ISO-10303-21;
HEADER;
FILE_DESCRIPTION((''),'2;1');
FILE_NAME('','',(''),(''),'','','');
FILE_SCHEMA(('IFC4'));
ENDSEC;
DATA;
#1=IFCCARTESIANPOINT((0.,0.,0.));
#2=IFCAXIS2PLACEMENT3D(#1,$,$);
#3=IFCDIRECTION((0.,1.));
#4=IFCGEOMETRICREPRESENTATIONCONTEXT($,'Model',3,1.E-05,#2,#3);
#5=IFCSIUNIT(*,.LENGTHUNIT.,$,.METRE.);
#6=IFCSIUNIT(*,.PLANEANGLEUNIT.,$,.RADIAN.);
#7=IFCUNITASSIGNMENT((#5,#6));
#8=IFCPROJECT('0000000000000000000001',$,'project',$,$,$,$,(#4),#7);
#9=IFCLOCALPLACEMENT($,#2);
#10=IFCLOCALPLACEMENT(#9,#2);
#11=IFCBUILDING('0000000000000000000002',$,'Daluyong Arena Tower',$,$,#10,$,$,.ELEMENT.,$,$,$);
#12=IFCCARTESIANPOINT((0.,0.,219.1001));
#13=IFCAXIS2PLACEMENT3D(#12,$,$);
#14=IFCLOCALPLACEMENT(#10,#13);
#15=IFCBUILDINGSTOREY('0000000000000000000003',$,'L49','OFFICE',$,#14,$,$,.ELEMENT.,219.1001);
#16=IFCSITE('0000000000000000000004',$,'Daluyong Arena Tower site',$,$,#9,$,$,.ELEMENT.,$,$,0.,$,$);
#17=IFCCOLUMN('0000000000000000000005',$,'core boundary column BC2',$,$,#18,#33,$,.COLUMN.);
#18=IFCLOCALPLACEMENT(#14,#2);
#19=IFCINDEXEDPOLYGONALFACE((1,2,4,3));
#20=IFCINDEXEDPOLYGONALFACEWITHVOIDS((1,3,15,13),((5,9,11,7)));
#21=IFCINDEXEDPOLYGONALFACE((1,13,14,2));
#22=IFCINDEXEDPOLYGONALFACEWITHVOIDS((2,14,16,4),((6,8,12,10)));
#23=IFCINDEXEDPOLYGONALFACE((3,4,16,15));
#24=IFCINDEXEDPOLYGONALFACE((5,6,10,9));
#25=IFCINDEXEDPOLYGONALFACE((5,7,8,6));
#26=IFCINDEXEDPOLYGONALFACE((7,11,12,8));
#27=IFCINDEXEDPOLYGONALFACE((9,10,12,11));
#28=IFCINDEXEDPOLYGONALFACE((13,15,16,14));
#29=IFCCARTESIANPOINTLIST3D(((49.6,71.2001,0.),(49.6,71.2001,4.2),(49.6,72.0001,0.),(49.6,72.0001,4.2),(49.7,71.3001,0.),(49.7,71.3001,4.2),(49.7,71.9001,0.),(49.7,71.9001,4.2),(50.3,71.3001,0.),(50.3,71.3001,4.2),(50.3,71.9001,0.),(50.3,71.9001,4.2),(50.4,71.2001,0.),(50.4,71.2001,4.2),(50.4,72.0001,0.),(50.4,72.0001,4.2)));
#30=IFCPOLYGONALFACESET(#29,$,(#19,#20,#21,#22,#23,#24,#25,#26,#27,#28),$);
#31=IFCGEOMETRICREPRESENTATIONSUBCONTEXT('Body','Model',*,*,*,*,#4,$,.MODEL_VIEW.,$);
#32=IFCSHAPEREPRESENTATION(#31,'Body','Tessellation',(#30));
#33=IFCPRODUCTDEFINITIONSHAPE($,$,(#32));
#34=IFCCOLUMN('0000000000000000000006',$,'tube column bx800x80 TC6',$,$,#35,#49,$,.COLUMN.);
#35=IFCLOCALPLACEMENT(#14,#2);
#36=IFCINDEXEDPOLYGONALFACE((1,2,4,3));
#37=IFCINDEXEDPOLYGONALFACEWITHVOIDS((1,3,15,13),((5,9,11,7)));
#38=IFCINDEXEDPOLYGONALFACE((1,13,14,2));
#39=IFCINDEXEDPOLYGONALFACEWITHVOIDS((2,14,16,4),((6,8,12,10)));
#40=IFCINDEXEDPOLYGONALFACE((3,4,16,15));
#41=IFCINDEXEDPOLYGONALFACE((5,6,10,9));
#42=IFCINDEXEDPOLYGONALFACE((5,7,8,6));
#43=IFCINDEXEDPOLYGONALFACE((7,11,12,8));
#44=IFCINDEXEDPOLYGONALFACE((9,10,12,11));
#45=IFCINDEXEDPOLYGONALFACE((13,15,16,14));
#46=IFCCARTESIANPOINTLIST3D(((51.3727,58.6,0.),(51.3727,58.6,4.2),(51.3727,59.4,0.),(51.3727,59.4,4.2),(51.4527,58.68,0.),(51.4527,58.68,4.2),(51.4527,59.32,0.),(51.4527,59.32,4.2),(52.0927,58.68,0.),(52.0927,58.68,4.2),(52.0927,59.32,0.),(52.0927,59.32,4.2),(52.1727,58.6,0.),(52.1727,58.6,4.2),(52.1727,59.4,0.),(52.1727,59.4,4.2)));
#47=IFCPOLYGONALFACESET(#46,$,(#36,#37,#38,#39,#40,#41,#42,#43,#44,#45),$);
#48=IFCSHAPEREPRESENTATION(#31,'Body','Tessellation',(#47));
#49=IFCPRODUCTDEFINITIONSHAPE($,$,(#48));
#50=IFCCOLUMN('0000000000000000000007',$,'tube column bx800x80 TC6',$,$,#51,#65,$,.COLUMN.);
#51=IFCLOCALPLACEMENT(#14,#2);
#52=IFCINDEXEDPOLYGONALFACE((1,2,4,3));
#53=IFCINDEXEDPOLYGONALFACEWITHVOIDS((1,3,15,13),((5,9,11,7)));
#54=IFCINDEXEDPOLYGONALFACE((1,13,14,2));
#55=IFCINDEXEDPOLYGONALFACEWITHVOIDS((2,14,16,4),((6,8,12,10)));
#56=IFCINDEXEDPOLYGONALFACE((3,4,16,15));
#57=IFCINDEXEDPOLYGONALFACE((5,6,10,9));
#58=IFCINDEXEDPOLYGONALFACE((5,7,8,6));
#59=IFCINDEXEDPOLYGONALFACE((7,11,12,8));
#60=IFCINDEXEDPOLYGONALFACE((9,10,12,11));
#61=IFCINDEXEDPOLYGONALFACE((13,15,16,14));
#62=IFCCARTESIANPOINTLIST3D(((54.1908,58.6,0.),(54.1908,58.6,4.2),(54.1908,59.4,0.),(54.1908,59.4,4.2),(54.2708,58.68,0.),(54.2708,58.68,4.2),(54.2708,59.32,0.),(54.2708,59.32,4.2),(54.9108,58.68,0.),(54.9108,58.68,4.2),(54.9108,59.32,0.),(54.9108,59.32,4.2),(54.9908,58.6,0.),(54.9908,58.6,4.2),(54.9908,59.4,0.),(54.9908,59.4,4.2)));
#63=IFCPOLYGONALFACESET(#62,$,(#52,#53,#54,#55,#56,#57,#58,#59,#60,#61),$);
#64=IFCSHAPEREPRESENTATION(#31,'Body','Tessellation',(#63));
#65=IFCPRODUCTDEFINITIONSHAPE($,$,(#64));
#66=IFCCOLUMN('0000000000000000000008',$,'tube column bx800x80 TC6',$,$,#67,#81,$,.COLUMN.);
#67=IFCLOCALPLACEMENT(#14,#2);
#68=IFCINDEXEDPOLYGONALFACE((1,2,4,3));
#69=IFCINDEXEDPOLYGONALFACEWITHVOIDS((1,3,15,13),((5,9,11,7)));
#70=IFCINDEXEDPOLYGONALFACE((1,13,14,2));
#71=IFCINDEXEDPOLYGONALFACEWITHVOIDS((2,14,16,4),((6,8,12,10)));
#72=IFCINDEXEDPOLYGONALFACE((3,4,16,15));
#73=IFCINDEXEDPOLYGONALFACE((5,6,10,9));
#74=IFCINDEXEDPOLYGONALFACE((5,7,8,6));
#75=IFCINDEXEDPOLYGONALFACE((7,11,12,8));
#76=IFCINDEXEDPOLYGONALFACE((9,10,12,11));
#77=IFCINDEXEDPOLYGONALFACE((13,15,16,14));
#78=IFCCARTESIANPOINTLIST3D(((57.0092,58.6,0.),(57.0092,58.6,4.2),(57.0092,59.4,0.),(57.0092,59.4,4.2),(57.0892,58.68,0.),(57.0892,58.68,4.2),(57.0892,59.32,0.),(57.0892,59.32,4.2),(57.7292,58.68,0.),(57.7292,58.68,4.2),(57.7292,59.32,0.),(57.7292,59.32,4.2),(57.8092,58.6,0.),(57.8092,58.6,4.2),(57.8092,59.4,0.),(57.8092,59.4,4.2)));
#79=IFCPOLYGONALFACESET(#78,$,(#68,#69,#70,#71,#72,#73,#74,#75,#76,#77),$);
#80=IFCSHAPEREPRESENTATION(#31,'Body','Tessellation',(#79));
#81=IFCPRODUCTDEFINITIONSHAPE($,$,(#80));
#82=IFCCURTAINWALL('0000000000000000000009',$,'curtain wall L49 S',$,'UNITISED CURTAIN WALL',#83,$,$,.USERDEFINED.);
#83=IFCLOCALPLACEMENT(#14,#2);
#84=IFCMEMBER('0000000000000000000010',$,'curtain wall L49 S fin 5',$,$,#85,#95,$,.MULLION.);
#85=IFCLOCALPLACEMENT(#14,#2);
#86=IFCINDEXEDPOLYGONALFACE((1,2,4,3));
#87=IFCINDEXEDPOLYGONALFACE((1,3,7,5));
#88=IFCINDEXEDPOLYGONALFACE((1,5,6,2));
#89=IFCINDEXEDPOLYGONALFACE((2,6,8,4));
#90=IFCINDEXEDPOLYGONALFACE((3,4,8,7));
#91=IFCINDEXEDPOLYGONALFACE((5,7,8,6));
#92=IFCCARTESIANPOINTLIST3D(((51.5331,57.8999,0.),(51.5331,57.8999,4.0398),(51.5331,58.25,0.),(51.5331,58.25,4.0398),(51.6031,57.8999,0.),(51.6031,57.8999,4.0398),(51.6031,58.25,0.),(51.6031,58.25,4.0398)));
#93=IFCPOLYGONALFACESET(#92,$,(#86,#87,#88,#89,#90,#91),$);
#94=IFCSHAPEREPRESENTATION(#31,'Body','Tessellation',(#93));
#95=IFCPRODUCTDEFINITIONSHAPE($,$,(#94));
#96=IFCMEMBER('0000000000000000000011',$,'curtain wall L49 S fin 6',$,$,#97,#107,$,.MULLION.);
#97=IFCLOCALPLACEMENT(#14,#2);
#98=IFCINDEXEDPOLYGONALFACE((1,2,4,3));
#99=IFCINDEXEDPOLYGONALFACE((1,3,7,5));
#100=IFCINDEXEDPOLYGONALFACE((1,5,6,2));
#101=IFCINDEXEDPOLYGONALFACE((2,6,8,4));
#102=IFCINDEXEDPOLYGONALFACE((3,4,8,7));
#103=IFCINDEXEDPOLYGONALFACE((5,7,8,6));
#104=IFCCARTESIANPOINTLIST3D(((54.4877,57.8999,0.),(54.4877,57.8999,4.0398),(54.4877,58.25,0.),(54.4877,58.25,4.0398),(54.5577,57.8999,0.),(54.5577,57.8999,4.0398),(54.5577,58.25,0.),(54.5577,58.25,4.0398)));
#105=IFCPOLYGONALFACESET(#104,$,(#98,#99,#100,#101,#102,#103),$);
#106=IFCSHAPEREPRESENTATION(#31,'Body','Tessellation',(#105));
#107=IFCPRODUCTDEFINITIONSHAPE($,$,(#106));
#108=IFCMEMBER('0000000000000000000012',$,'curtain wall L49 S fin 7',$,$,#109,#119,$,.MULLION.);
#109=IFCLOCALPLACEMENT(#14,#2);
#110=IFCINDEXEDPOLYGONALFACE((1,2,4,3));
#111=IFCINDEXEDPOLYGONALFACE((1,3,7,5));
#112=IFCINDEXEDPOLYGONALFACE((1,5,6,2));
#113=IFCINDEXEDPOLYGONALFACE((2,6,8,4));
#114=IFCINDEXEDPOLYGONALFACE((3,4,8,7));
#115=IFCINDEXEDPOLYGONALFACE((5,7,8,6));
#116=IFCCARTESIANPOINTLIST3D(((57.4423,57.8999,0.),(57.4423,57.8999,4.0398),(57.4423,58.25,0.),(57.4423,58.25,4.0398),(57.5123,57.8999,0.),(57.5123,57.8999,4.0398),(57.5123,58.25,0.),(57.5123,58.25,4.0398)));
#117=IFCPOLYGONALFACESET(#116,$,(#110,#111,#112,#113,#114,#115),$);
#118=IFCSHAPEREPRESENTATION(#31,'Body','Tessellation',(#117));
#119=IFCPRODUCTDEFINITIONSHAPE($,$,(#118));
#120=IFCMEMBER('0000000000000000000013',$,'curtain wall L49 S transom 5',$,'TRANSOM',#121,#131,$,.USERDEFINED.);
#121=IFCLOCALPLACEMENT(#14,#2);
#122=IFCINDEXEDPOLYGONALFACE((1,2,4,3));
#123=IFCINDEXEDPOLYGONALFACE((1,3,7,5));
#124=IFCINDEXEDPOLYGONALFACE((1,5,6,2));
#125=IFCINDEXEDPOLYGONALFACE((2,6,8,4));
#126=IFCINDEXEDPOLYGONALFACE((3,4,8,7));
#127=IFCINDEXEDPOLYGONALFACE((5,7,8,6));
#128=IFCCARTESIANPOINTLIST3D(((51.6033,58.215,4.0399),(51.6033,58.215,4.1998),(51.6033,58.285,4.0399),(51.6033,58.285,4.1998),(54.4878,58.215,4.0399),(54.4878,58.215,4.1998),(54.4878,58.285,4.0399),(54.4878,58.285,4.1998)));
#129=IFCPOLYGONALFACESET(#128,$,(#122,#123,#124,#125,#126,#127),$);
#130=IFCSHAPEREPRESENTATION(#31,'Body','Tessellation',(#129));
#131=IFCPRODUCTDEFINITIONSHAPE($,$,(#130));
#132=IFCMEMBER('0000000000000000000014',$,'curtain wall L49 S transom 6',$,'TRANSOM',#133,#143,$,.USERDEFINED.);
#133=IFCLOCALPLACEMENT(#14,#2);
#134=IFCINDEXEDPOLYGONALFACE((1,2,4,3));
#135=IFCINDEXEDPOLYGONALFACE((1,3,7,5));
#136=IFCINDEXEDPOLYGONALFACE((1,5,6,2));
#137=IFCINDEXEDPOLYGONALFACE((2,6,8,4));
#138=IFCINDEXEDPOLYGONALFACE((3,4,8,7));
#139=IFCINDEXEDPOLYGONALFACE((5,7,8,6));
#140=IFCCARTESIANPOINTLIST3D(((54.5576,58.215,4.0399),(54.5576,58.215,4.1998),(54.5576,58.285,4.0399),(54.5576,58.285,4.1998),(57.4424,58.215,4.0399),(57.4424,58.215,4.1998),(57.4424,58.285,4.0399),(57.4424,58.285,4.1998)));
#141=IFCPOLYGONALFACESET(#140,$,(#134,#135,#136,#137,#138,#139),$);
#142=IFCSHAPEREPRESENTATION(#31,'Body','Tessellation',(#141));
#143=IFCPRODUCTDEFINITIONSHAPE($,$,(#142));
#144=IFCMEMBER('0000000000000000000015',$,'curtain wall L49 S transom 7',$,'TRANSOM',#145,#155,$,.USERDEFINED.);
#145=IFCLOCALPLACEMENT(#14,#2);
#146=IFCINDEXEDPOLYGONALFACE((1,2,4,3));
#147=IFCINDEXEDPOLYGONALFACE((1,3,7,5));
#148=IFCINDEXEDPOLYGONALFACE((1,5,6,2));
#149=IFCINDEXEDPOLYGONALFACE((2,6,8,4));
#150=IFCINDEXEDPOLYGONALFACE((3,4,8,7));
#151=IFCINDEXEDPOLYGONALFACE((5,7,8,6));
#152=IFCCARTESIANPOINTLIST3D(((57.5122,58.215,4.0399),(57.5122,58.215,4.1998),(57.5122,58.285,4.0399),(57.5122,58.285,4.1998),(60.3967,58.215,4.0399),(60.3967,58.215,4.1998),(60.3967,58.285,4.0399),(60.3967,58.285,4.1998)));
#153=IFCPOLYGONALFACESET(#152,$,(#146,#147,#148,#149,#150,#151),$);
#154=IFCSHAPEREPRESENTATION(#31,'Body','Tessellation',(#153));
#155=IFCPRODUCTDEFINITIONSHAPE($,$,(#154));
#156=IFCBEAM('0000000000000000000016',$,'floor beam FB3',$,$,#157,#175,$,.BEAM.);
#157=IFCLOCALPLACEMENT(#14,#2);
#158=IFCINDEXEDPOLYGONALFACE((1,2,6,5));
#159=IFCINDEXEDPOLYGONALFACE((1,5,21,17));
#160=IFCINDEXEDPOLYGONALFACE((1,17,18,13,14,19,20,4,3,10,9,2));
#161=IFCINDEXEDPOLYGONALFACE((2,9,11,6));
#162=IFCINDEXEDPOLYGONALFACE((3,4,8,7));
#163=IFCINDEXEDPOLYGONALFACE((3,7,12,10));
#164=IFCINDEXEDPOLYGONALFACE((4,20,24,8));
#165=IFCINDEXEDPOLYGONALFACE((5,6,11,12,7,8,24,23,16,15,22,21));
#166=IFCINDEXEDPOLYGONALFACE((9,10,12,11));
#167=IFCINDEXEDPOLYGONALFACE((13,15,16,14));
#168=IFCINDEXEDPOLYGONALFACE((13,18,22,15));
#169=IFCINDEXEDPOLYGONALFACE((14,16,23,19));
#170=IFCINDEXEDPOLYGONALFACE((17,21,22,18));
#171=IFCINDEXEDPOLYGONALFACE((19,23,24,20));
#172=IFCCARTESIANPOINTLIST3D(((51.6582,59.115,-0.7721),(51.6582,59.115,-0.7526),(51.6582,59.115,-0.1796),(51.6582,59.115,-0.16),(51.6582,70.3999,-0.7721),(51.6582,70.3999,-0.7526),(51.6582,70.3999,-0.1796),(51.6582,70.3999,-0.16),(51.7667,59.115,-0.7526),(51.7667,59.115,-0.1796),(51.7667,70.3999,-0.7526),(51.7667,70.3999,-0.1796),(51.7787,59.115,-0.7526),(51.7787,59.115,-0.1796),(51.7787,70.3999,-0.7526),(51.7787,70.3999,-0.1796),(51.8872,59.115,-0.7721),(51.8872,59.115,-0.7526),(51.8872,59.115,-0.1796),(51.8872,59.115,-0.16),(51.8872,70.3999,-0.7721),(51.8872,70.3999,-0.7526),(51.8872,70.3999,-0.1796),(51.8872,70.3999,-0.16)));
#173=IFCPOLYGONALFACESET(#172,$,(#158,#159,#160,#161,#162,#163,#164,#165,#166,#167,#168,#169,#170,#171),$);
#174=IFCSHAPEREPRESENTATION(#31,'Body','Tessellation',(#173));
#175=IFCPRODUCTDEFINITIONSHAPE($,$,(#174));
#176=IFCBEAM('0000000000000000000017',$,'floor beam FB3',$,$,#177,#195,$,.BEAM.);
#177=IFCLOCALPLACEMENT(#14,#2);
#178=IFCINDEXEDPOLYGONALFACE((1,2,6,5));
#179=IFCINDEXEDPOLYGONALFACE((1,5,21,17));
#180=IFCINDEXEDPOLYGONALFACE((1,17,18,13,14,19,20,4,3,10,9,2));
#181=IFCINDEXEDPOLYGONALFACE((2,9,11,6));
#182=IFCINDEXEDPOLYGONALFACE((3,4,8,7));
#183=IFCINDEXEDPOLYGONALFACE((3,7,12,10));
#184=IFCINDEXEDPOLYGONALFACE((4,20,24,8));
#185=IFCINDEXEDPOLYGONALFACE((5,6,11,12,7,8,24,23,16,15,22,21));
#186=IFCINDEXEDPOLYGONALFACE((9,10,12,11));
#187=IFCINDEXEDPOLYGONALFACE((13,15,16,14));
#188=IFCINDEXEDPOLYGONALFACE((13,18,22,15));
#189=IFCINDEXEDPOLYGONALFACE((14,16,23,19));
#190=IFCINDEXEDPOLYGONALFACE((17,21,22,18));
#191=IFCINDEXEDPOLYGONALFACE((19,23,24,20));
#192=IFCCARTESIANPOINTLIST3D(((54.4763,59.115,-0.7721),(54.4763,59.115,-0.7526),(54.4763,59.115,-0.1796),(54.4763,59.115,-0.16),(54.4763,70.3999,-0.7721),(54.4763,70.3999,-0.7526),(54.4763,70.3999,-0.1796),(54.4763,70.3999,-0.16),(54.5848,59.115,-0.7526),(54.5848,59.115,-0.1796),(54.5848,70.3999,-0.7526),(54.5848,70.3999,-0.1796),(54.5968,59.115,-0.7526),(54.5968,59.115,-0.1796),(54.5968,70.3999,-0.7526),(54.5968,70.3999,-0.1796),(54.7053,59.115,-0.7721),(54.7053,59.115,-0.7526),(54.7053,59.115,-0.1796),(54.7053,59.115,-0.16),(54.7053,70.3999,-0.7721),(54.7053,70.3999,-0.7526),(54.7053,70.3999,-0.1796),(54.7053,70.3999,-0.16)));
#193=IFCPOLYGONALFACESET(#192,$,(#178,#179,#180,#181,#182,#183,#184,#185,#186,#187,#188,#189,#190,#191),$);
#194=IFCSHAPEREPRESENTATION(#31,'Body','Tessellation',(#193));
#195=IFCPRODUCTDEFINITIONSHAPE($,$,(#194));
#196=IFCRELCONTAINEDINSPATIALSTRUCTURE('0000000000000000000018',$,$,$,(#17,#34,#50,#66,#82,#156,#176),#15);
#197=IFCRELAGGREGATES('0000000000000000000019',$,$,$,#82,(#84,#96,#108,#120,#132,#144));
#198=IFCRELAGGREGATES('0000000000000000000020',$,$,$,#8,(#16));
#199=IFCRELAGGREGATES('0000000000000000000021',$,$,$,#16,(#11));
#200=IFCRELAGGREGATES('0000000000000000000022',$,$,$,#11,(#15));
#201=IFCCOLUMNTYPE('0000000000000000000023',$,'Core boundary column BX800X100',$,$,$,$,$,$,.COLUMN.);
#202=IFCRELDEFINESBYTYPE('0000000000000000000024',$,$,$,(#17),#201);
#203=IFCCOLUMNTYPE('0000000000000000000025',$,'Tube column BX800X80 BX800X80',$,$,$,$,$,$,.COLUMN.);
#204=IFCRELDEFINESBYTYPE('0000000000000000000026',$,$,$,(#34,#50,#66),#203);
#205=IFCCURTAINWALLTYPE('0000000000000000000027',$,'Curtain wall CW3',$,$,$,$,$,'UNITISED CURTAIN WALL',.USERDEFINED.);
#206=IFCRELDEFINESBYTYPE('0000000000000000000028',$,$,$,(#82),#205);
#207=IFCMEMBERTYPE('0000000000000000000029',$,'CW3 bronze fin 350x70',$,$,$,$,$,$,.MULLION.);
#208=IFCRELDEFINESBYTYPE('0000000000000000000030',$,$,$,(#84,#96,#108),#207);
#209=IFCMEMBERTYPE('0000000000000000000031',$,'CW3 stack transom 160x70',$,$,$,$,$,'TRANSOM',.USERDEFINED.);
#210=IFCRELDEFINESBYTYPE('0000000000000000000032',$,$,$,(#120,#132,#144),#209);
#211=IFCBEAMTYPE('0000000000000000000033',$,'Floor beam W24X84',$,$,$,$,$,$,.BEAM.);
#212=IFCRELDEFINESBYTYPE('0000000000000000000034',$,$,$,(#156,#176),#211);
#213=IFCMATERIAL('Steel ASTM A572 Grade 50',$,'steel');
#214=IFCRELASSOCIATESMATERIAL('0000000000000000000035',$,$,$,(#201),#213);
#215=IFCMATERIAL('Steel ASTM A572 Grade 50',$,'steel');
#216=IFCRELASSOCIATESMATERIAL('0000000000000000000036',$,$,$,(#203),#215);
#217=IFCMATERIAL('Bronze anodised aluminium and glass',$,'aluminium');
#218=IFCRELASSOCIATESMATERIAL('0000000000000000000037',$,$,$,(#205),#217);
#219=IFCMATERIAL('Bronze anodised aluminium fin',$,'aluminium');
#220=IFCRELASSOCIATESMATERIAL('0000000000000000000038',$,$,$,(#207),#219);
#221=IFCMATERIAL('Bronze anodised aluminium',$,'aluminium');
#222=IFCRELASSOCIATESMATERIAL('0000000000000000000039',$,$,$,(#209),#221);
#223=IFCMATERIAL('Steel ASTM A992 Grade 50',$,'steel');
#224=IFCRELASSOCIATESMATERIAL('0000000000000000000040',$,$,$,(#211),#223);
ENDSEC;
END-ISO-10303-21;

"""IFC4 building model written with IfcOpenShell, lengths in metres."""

from ifc_helpers import new_model, si_unit, direction, frame, origin, origin_2d, place, context, subcontext, project, spatial, rectangle, hollow_rectangle, i_section, extrude, material, material_profile, profile_set, type_object, element, aggregate, save


model = new_model("IFC4")

# Units and contexts
model_context = context("Model", 3, precision=1e-05, world=origin(), true_north=direction((0.0, 1.0)))
body_context = subcontext(model_context, "Body", "Model", "MODEL_VIEW")
ifc_project = project(units=[si_unit("LENGTHUNIT", "METRE"), si_unit("PLANEANGLEUNIT", "RADIAN")], contexts=[model_context])

# Site, building, storey
site_placement = place(None, origin())
site = spatial("IfcSite", under=ifc_project, at=site_placement, Name="Daluyong Arena Tower site", CompositionType="ELEMENT", RefElevation=0.0)
building_placement = place(site_placement, origin())
building = spatial("IfcBuilding", under=site, at=building_placement, Name="Daluyong Arena Tower", CompositionType="ELEMENT")
storey_placement = place(building_placement, frame((0.0, 0.0, 219.1001)))
storey = spatial("IfcBuildingStorey", under=building, at=storey_placement, Name="L49", Description="OFFICE", CompositionType="ELEMENT", Elevation=219.1001)

# Columns
ifc_material_1 = material(Name="Steel ASTM A572 Grade 50", Category="steel")
ifc_material_profile_1 = material_profile(ifc_material_1, hollow_rectangle(XDim=0.8, YDim=0.8, WallThickness=0.1, at=origin_2d()))
ifc_profile_set_1 = profile_set([ifc_material_profile_1], Name="Steel ASTM A572 Grade 50")
column_type_1 = type_object("IfcColumnType", Name="Core boundary column BX800X100", PredefinedType="COLUMN", material=ifc_profile_set_1)
column_placement = place(storey_placement, frame((50.0, 71.6001, 0.0), z_axis=(0.0, 0.0, 1.0), x_axis=(1.0, 0.0, 0.0)))
element("IfcColumn", 1, at=column_placement, inside=storey, type_object=column_type_1, Name="core boundary column BC2", PredefinedType="COLUMN", context=body_context, shape_type="SweptSolid", body=[
    extrude(hollow_rectangle(XDim=0.8, YDim=0.8, WallThickness=0.1, at=origin_2d()), origin(), (0.0, 0.0, 1.0), 4.2),
])
ifc_material_2 = material(Name="Steel ASTM A572 Grade 50", Category="steel")
ifc_material_profile_2 = material_profile(ifc_material_2, hollow_rectangle(XDim=0.8, YDim=0.8, WallThickness=0.08, at=origin_2d()))
ifc_profile_set_2 = profile_set([ifc_material_profile_2], Name="Steel ASTM A572 Grade 50")
column_type_2 = type_object("IfcColumnType", Name="Tube column BX800X80 BX800X80", PredefinedType="COLUMN", material=ifc_profile_set_2)
for number, where, z_axis, x_axis, name in (
    (2, (51.7727, 59.0, 0.0), (0.0, 0.0, 1.0), (1.0, 0.0, 0.0), "tube column bx800x80 TC6"),
    (3, (54.5908, 59.0, 0.0), (0.0, 0.0, 1.0), (1.0, 0.0, 0.0), "tube column bx800x80 TC6"),
    (4, (57.4092, 59.0, 0.0), (0.0, 0.0, 1.0), (1.0, 0.0, 0.0), "tube column bx800x80 TC6"),
):
    element("IfcColumn", number, at=place(storey_placement, frame(where, z_axis=z_axis, x_axis=x_axis)), inside=storey, type_object=column_type_2, Name=name, PredefinedType="COLUMN", context=body_context, shape_type="SweptSolid", body=[
        extrude(hollow_rectangle(XDim=0.8, YDim=0.8, WallThickness=0.08, at=origin_2d()), origin(), (0.0, 0.0, 1.0), 4.2),
    ])

# Curtain wall, members
ifc_material_3 = material(Name="Bronze anodised aluminium and glass", Category="aluminium")
curtain_wall_type = type_object("IfcCurtainWallType", Name="Curtain wall CW3", ElementType="UNITISED CURTAIN WALL", PredefinedType="USERDEFINED", material=ifc_material_3)
curtain_wall_placement = place(storey_placement, origin())
curtain_wall = element("IfcCurtainWall", 5, at=curtain_wall_placement, inside=storey, type_object=curtain_wall_type, Name="curtain wall L49 S", ObjectType="UNITISED CURTAIN WALL", PredefinedType="USERDEFINED")
ifc_material_4 = material(Name="Bronze anodised aluminium fin", Category="aluminium")
ifc_material_profile_3 = material_profile(ifc_material_4, rectangle(XDim=0.3501, YDim=0.0701, at=origin_2d()))
ifc_profile_set_3 = profile_set([ifc_material_profile_3], Name="Bronze anodised aluminium fin")
member_type_1 = type_object("IfcMemberType", Name="CW3 bronze fin 350x70", PredefinedType="MULLION", material=ifc_profile_set_3)
member_1_placement = place(storey_placement, frame((51.5681, 58.075, 0.0), z_axis=(0.0, 0.0, 1.0), x_axis=(0.0, 1.0, 0.0)))
member_1 = element("IfcMember", 6, at=member_1_placement, type_object=member_type_1, Name="curtain wall L49 S fin 5", PredefinedType="MULLION", context=body_context, shape_type="SweptSolid", body=[
    extrude(rectangle(XDim=0.3501, YDim=0.0701, at=origin_2d()), origin(), (0.0, 0.0, 1.0), 4.0398),
])
member_2_placement = place(storey_placement, frame((54.5227, 58.075, 0.0), z_axis=(0.0, 0.0, 1.0), x_axis=(0.0, 1.0, 0.0)))
member_2 = element("IfcMember", 7, at=member_2_placement, type_object=member_type_1, Name="curtain wall L49 S fin 6", PredefinedType="MULLION", context=body_context, shape_type="SweptSolid", body=[
    extrude(rectangle(XDim=0.3501, YDim=0.0701, at=origin_2d()), origin(), (0.0, 0.0, 1.0), 4.0398),
])
member_3_placement = place(storey_placement, frame((57.4773, 58.075, 0.0), z_axis=(0.0, 0.0, 1.0), x_axis=(0.0, 1.0, 0.0)))
member_3 = element("IfcMember", 8, at=member_3_placement, type_object=member_type_1, Name="curtain wall L49 S fin 7", PredefinedType="MULLION", context=body_context, shape_type="SweptSolid", body=[
    extrude(rectangle(XDim=0.3501, YDim=0.0701, at=origin_2d()), origin(), (0.0, 0.0, 1.0), 4.0398),
])
ifc_material_5 = material(Name="Bronze anodised aluminium", Category="aluminium")
ifc_material_profile_4 = material_profile(ifc_material_5, rectangle(XDim=0.0701, YDim=0.1599, at=origin_2d()))
ifc_profile_set_4 = profile_set([ifc_material_profile_4], Name="Bronze anodised aluminium")
member_type_2 = type_object("IfcMemberType", Name="CW3 stack transom 160x70", ElementType="TRANSOM", PredefinedType="USERDEFINED", material=ifc_profile_set_4)
member_4_placement = place(storey_placement, frame((51.6033, 58.25, 4.1199), z_axis=(1.0, 0.0, 0.0), x_axis=(0.0, 1.0, 0.0)))
member_4 = element("IfcMember", 9, at=member_4_placement, type_object=member_type_2, Name="curtain wall L49 S transom 5", ObjectType="TRANSOM", PredefinedType="USERDEFINED", context=body_context, shape_type="SweptSolid", body=[
    extrude(rectangle(XDim=0.0701, YDim=0.1599, at=origin_2d()), origin(), (0.0, 0.0, 1.0), 2.8845),
])
member_5_placement = place(storey_placement, frame((54.5576, 58.25, 4.1199), z_axis=(1.0, 0.0, 0.0), x_axis=(0.0, 1.0, 0.0)))
member_5 = element("IfcMember", 10, at=member_5_placement, type_object=member_type_2, Name="curtain wall L49 S transom 6", ObjectType="TRANSOM", PredefinedType="USERDEFINED", context=body_context, shape_type="SweptSolid", body=[
    extrude(rectangle(XDim=0.0701, YDim=0.1599, at=origin_2d()), origin(), (0.0, 0.0, 1.0), 2.8848),
])
member_6_placement = place(storey_placement, frame((57.5122, 58.25, 4.1199), z_axis=(1.0, 0.0, 0.0), x_axis=(0.0, 1.0, 0.0)))
member_6 = element("IfcMember", 11, at=member_6_placement, type_object=member_type_2, Name="curtain wall L49 S transom 7", ObjectType="TRANSOM", PredefinedType="USERDEFINED", context=body_context, shape_type="SweptSolid", body=[
    extrude(rectangle(XDim=0.0701, YDim=0.1599, at=origin_2d()), origin(), (0.0, 0.0, 1.0), 2.8845),
])

# Beams
ifc_material_6 = material(Name="Steel ASTM A992 Grade 50", Category="steel")
ifc_material_profile_5 = material_profile(ifc_material_6, i_section(OverallWidth=0.229, OverallDepth=0.6121, WebThickness=0.012, FlangeThickness=0.0195, at=origin_2d()))
ifc_profile_set_5 = profile_set([ifc_material_profile_5], Name="Steel ASTM A992 Grade 50")
beam_type_1 = type_object("IfcBeamType", Name="Floor beam W24X84", PredefinedType="BEAM", material=ifc_profile_set_5)
for number, where, z_axis, x_axis, name in (
    (12, (51.7727, 59.115, -0.4661), (0.0, 1.0, 0.0), (-1.0, 0.0, 0.0), "floor beam FB3"),
    (13, (54.5908, 59.115, -0.4661), (0.0, 1.0, 0.0), (-1.0, 0.0, 0.0), "floor beam FB3"),
):
    element("IfcBeam", number, at=place(storey_placement, frame(where, z_axis=z_axis, x_axis=x_axis)), inside=storey, type_object=beam_type_1, Name=name, PredefinedType="BEAM", context=body_context, shape_type="SweptSolid", body=[
        extrude(i_section(OverallWidth=0.229, OverallDepth=0.6121, WebThickness=0.012, FlangeThickness=0.0195, at=origin_2d()), origin(), (0.0, 0.0, 1.0), 11.2849),
    ])

aggregate(curtain_wall, [member_1, member_2, member_3, member_4, member_5, member_6])

save(model, "model.ifc")
